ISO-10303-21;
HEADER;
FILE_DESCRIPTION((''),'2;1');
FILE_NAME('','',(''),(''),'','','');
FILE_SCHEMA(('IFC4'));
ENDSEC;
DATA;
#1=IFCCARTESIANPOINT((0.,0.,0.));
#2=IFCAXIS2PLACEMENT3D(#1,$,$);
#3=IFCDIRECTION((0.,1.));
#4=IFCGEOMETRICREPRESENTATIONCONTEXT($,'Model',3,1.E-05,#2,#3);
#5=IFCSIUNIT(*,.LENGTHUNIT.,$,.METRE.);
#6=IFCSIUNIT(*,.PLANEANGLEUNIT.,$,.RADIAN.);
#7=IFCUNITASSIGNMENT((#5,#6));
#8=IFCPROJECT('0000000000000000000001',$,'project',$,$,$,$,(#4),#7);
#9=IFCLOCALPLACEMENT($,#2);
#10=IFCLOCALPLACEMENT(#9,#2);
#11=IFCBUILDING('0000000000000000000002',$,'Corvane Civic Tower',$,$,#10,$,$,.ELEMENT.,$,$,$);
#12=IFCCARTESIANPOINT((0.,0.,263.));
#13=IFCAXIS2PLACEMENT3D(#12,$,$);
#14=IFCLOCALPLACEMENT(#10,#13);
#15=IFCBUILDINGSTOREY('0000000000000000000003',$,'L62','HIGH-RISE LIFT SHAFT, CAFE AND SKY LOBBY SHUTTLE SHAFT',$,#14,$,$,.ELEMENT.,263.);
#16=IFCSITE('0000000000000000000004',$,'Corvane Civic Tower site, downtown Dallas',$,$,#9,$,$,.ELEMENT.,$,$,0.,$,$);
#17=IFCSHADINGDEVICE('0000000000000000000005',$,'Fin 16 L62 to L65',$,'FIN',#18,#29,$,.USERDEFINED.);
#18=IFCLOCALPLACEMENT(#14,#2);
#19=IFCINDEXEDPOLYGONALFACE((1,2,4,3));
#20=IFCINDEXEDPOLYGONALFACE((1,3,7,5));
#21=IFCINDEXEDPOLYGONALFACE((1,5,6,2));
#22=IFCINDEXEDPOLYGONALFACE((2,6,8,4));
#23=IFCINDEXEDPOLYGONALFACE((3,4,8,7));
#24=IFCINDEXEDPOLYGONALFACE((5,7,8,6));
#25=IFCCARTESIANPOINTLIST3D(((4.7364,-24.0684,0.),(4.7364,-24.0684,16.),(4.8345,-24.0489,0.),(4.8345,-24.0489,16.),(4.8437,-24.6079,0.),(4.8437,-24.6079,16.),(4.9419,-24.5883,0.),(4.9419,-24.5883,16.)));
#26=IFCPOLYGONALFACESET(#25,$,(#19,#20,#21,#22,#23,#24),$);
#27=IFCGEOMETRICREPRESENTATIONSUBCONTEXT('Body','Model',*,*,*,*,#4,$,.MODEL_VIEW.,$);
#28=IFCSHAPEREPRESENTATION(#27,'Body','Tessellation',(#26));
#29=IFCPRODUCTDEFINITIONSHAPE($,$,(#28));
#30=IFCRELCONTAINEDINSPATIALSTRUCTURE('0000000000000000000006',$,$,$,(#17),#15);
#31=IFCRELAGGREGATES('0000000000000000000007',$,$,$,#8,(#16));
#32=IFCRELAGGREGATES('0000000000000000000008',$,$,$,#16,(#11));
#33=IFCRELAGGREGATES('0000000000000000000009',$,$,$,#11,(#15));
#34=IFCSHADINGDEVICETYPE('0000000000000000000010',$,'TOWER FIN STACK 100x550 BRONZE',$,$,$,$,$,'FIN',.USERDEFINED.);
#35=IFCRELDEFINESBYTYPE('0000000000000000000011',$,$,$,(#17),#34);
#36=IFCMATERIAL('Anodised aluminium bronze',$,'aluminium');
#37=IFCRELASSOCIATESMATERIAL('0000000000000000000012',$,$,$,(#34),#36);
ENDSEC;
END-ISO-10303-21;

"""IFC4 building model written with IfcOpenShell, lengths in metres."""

from ifc_helpers import new_model, si_unit, direction, frame, origin, origin_2d, place, context, subcontext, project, spatial, rectangle, extrude, material, material_profile, profile_set, type_object, element, save


model = new_model("IFC4")

# Units and contexts
model_context = context("Model", 3, precision=1e-05, world=origin(), true_north=direction((0.0, 1.0)))
body_context = subcontext(model_context, "Body", "Model", "MODEL_VIEW")
ifc_project = project(units=[si_unit("LENGTHUNIT", "METRE"), si_unit("PLANEANGLEUNIT", "RADIAN")], contexts=[model_context])

# Site, building, storey
site_placement = place(None, origin())
site = spatial("IfcSite", under=ifc_project, at=site_placement, Name="Corvane Civic Tower site, downtown Dallas", CompositionType="ELEMENT", RefElevation=0.0)
building_placement = place(site_placement, origin())
building = spatial("IfcBuilding", under=site, at=building_placement, Name="Corvane Civic Tower", CompositionType="ELEMENT")
storey_placement = place(building_placement, frame((0.0, 0.0, 263.0)))
storey = spatial("IfcBuildingStorey", under=building, at=storey_placement, Name="L62", Description="HIGH-RISE LIFT SHAFT, CAFE AND SKY LOBBY SHUTTLE SHAFT", CompositionType="ELEMENT", Elevation=263.0)

# Shading device
ifc_material_1 = material(Name="Anodised aluminium bronze", Category="aluminium")
ifc_material_profile_1 = material_profile(ifc_material_1, rectangle(XDim=0.1001, YDim=0.55, at=origin_2d()), Name="TOWER FIN STACK 100x550 BRONZE")
ifc_profile_set_1 = profile_set([ifc_material_profile_1], Name="Anodised aluminium bronze")
shading_device_type = type_object("IfcShadingDeviceType", Name="TOWER FIN STACK 100x550 BRONZE", ElementType="FIN", PredefinedType="USERDEFINED", material=ifc_profile_set_1)
for number, where, z_axis, x_axis, name in (
    (1, (4.8391, -24.3284, 0.0), (0.0, 0.0, 1.0), (-0.980785, -0.19509, 0.0), "Fin 16 L62 to L65"),
):
    element("IfcShadingDevice", number, at=place(storey_placement, frame(where, z_axis=z_axis, x_axis=x_axis)), inside=storey, type_object=shading_device_type, Name=name, ObjectType="FIN", PredefinedType="USERDEFINED", context=body_context, shape_type="SweptSolid", body=[
        extrude(rectangle(XDim=0.1001, YDim=0.55, at=origin_2d()), origin(), (0.0, 0.0, 1.0), 16.0),
    ])

save(model, "model.ifc")
